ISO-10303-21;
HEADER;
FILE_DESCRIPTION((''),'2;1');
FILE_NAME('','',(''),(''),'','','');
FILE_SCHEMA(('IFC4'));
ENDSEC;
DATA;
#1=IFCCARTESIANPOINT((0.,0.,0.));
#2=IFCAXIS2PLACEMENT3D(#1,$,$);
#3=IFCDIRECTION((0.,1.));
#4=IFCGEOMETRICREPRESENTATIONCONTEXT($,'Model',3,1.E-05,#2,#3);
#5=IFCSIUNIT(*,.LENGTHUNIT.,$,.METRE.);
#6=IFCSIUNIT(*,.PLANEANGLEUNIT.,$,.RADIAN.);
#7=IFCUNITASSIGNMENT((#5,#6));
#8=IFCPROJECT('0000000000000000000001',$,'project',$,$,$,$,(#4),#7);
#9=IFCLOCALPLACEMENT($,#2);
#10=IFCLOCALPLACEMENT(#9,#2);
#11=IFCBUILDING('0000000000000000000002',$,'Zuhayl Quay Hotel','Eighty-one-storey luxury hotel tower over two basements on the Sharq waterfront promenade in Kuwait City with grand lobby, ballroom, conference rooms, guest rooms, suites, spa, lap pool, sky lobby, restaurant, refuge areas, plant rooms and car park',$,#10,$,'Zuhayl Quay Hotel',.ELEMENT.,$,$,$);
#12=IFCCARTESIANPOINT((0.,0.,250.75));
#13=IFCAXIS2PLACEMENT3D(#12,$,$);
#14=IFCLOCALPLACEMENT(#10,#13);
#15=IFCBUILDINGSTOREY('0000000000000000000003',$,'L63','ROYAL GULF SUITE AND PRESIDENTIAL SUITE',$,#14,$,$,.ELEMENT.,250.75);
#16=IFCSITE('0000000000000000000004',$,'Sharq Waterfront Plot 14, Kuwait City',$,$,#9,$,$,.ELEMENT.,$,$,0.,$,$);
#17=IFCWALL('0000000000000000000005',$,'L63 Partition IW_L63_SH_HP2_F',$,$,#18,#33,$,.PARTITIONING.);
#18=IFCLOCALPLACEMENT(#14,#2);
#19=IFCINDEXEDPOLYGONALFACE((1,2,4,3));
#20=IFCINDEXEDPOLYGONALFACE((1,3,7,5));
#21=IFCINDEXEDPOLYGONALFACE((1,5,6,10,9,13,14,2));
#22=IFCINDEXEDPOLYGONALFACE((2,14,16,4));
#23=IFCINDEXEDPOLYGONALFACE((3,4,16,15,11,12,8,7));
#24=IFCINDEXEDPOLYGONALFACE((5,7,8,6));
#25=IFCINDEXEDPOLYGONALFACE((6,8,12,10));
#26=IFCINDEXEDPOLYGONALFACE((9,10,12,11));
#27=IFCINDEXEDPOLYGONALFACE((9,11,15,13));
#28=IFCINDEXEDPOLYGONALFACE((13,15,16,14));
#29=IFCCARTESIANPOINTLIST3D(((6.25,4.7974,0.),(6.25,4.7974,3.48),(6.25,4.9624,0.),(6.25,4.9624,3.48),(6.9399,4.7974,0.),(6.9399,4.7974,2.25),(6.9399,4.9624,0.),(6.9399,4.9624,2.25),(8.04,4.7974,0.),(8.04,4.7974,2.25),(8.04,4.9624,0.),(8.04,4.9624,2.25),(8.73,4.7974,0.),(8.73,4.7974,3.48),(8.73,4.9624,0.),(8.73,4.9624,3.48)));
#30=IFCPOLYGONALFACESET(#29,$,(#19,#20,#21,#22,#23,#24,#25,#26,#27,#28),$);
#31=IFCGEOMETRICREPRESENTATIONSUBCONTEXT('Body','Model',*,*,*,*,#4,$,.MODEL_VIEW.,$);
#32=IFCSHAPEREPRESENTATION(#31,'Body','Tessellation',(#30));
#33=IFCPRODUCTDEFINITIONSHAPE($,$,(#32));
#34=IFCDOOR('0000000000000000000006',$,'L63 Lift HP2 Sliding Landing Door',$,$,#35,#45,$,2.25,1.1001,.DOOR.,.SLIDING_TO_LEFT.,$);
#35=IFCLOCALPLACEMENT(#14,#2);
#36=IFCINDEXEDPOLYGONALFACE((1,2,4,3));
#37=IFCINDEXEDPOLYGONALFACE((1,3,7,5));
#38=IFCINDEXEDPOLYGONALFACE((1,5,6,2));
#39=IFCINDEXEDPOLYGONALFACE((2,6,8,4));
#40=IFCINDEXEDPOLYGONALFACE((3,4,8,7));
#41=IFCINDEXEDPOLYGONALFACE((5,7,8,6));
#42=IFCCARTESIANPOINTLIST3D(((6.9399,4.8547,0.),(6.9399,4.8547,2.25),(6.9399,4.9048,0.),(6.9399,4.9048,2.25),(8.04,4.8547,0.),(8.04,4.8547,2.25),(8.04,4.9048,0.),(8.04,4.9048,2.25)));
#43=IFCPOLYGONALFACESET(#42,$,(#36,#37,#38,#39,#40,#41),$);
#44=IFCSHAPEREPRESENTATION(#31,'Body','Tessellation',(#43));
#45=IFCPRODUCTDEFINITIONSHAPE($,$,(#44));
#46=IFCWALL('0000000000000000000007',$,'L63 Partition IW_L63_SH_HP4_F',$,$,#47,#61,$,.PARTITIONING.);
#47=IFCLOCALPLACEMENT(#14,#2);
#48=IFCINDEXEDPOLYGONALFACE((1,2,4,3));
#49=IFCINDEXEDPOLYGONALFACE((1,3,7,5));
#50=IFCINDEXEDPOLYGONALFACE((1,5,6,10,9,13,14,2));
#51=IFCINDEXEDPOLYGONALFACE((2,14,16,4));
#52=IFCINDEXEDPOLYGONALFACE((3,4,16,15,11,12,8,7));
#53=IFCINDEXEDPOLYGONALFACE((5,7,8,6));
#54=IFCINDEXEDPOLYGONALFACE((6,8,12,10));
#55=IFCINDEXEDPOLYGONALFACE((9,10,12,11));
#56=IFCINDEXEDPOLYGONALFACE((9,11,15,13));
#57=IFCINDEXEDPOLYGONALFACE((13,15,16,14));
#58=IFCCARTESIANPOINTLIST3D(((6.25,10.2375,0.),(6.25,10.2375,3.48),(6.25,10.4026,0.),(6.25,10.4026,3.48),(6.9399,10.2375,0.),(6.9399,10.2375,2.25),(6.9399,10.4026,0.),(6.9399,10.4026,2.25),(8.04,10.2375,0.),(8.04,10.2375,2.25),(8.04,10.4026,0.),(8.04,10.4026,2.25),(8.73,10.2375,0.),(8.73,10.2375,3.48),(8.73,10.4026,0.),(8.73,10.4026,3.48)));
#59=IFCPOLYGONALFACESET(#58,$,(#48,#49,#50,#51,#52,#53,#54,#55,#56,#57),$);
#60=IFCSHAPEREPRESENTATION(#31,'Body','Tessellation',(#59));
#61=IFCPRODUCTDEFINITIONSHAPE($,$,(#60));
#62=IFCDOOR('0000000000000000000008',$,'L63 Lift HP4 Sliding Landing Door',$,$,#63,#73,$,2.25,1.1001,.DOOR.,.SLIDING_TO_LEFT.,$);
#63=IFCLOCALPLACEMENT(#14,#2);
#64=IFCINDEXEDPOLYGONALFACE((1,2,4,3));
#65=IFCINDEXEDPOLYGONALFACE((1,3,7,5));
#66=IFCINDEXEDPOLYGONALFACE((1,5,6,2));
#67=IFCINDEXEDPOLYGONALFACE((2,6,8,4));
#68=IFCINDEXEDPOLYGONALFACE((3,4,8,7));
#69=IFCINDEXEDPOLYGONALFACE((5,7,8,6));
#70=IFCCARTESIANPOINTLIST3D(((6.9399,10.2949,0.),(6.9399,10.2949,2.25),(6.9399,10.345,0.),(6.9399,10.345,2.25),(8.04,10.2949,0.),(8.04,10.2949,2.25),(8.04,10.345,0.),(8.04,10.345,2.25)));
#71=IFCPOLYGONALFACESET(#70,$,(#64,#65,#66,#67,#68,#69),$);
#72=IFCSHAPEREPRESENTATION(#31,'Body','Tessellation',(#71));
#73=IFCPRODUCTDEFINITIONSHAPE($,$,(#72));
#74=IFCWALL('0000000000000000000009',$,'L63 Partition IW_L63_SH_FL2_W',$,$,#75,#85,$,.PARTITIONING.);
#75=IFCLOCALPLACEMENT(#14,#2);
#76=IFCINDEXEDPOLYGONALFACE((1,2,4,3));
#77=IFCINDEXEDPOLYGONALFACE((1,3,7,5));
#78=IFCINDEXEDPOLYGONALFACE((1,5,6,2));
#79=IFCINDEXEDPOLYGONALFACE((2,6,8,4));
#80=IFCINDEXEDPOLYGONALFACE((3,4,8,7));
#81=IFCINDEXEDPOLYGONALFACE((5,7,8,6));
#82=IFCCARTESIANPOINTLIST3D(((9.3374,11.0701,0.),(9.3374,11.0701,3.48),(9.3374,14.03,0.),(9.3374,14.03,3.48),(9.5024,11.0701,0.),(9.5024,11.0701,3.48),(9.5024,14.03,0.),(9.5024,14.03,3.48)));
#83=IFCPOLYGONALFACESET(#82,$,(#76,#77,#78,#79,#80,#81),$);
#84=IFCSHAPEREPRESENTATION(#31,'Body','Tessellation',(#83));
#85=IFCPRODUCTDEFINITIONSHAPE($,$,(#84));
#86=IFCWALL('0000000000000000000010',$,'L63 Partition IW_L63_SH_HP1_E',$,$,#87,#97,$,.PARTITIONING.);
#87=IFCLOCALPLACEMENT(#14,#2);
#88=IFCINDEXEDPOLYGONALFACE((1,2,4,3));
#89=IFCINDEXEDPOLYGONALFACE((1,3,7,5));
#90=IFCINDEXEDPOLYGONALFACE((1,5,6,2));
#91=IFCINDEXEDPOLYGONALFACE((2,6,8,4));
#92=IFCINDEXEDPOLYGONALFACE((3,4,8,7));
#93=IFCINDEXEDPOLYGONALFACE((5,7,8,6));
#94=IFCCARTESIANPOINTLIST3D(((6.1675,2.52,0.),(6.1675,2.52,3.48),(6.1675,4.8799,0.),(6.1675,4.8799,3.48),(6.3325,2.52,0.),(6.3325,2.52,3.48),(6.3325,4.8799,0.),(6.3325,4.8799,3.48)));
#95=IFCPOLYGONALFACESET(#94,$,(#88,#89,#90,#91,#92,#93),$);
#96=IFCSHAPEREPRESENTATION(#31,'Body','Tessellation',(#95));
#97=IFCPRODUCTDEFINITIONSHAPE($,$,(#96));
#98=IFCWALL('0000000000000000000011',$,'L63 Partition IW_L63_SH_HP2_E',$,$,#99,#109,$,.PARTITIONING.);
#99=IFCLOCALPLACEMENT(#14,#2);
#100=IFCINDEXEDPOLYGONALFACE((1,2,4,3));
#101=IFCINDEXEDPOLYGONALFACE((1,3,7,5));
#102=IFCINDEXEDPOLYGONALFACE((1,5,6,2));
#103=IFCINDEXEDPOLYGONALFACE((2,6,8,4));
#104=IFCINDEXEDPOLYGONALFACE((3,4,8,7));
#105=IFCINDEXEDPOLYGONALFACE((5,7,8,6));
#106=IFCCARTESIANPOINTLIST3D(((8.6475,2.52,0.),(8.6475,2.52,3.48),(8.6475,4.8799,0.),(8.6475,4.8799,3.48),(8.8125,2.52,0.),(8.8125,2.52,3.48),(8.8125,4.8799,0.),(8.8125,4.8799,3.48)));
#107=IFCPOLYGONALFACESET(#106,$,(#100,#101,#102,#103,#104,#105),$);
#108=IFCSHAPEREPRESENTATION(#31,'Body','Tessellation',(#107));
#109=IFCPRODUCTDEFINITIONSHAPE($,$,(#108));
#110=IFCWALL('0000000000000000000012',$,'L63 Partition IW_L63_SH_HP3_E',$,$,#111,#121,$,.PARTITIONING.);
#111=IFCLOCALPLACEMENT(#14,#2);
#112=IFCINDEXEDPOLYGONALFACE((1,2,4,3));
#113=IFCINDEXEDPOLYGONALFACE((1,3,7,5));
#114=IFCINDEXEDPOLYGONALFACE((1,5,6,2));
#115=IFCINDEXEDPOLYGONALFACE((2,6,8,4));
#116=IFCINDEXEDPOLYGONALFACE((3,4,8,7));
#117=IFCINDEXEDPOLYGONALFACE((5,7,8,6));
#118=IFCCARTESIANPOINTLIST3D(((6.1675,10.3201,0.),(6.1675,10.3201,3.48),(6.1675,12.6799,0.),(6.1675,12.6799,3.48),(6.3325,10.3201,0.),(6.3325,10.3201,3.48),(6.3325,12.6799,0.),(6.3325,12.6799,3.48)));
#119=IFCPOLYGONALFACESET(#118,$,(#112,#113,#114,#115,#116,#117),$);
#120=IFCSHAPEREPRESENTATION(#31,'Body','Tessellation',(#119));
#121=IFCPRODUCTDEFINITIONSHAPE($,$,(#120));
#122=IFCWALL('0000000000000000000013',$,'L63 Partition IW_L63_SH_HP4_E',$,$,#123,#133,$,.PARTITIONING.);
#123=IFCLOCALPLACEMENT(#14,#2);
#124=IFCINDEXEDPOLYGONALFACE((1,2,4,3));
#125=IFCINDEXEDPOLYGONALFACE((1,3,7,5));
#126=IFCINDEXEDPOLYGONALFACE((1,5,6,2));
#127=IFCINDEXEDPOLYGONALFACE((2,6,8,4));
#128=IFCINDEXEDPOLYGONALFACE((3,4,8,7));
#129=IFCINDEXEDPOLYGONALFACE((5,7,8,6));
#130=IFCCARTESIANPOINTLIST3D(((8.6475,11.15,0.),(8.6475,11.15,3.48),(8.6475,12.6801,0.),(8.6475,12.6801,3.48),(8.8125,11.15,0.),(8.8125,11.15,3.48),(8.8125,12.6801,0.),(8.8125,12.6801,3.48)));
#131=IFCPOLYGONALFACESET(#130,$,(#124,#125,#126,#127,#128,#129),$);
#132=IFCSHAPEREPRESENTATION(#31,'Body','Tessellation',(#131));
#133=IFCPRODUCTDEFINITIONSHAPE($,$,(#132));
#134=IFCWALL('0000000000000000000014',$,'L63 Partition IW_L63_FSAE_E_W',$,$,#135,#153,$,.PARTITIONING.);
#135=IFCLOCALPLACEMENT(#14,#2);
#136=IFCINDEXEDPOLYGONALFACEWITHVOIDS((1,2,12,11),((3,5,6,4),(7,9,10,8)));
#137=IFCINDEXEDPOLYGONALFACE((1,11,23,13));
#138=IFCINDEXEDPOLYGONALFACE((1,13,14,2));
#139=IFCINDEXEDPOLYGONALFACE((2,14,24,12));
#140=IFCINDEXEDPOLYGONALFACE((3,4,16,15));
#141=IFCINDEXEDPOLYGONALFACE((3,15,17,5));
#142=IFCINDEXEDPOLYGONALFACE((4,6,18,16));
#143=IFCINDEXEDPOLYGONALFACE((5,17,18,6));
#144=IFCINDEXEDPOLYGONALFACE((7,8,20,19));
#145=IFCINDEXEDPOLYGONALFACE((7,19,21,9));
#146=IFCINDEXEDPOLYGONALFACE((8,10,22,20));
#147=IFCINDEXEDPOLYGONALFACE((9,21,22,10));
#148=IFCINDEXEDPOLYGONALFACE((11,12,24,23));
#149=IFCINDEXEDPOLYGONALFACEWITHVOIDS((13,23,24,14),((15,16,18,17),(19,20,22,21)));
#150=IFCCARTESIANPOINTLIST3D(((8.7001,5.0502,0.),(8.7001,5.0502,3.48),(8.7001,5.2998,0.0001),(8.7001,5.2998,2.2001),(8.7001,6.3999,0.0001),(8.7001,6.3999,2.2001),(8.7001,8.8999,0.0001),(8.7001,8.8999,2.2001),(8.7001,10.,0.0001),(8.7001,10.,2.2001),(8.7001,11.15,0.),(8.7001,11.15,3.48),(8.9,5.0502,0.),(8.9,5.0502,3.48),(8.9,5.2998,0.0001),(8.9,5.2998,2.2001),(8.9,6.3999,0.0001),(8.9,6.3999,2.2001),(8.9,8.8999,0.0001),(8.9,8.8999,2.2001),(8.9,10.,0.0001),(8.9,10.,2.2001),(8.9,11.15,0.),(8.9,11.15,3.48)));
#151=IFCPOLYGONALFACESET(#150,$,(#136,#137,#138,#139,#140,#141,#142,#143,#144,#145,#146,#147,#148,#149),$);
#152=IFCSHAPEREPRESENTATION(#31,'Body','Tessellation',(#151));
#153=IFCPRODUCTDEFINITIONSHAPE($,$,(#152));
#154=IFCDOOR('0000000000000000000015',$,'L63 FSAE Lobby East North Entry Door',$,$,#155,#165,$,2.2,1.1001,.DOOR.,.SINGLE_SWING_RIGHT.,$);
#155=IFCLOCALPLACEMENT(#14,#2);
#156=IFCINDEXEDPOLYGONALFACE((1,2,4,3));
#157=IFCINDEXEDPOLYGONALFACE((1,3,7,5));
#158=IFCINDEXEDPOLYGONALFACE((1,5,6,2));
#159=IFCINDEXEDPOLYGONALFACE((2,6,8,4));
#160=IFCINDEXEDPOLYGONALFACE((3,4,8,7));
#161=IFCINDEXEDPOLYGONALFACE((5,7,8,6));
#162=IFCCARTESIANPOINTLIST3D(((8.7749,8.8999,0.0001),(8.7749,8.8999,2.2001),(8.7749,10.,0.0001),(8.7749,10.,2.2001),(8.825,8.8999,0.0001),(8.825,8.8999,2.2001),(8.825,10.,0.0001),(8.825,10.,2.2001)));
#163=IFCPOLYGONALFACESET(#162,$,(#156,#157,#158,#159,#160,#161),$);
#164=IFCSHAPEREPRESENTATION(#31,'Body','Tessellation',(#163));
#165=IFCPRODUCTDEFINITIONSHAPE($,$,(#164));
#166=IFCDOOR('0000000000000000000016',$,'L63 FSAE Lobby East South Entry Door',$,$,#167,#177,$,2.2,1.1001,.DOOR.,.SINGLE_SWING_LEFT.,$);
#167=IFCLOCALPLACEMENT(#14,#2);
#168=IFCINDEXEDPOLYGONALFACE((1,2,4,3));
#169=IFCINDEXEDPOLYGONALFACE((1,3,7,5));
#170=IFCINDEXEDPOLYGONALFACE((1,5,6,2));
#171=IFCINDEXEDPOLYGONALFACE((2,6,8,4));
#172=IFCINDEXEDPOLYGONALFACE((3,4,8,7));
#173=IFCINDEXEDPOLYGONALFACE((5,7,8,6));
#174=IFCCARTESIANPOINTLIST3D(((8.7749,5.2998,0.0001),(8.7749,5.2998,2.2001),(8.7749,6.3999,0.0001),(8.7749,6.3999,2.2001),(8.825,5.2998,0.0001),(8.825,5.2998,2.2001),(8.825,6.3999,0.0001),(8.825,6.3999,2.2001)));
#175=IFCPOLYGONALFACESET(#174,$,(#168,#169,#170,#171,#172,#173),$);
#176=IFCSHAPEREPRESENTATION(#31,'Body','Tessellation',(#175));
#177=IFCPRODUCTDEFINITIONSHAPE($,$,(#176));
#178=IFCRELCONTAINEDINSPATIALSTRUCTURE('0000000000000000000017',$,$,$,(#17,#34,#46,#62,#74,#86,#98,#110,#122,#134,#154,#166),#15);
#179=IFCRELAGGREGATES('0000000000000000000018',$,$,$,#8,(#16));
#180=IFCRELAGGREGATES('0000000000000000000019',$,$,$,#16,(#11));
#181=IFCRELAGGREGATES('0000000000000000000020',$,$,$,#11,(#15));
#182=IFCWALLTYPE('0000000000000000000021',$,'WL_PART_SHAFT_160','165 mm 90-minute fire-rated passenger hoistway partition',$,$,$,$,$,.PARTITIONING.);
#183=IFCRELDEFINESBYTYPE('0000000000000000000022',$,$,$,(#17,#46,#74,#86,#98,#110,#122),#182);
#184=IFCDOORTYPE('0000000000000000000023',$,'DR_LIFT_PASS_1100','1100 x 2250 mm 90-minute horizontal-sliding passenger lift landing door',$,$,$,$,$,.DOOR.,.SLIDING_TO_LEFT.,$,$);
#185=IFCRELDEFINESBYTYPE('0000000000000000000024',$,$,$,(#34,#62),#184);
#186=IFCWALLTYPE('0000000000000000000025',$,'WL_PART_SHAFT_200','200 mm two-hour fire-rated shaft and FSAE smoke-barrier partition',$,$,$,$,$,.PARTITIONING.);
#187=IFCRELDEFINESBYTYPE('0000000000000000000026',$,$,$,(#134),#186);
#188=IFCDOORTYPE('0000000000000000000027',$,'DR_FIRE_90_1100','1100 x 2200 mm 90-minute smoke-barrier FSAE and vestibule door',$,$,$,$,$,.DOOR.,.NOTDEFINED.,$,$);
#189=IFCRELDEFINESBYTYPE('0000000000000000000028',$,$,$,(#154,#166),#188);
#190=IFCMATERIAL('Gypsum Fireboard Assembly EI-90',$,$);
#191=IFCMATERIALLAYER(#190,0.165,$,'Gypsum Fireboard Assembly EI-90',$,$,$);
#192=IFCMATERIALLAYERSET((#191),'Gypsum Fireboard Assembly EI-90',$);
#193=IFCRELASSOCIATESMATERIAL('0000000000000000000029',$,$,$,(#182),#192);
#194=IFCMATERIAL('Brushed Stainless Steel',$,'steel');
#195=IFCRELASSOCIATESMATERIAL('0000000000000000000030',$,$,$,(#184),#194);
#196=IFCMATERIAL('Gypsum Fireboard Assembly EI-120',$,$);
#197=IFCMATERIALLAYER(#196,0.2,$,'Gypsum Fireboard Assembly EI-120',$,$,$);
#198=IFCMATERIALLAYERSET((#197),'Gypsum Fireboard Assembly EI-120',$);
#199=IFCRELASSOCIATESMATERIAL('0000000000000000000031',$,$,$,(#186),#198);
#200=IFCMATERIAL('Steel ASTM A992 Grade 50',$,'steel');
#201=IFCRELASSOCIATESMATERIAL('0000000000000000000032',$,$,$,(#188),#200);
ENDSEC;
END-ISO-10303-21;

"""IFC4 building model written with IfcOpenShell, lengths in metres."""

from ifc_helpers import new_model, si_unit, direction, frame, frame_2d, origin, place, context, subcontext, project, spatial, rectangle, extrude, material, layer, layer_set, type_object, element, fill, save


model = new_model("IFC4")

# Units and contexts
model_context = context("Model", 3, precision=1e-05, world=origin(), true_north=direction((0.0, 1.0)))
body_context = subcontext(model_context, "Body", "Model", "MODEL_VIEW")
ifc_project = project(units=[si_unit("LENGTHUNIT", "METRE"), si_unit("PLANEANGLEUNIT", "RADIAN")], contexts=[model_context])

# Site, building, storey
site_placement = place(None, origin())
site = spatial("IfcSite", under=ifc_project, at=site_placement, Name="Sharq Waterfront Plot 14, Kuwait City", CompositionType="ELEMENT", RefElevation=0.0)
building_placement = place(site_placement, origin())
building = spatial("IfcBuilding", under=site, at=building_placement, Name="Zuhayl Quay Hotel", Description="Eighty-one-storey luxury hotel tower over two basements on the Sharq waterfront promenade in Kuwait City with grand lobby, ballroom, conference rooms, guest rooms, suites, spa, lap pool, sky lobby, restaurant, refuge areas, plant rooms and car park", LongName="Zuhayl Quay Hotel", CompositionType="ELEMENT")
storey_placement = place(building_placement, frame((0.0, 0.0, 250.75)))
storey = spatial("IfcBuildingStorey", under=building, at=storey_placement, Name="L63", Description="ROYAL GULF SUITE AND PRESIDENTIAL SUITE", CompositionType="ELEMENT", Elevation=250.75)

# Walls, openings, doors
ifc_material_1 = material(Name="Gypsum Fireboard Assembly EI-90")
ifc_layer_1 = layer(ifc_material_1, 0.165, Name="Gypsum Fireboard Assembly EI-90")
ifc_layer_set_1 = layer_set([ifc_layer_1], Name="Gypsum Fireboard Assembly EI-90")
wall_type_1 = type_object("IfcWallType", Name="WL_PART_SHAFT_160", Description="165 mm 90-minute fire-rated passenger hoistway partition", PredefinedType="PARTITIONING", material=ifc_layer_set_1)
ifc_material_2 = material(Name="Brushed Stainless Steel", Category="steel")
wall_1_placement = place(storey_placement, frame((6.25, 4.8799, 0.0), z_axis=(0.0, 0.0, 1.0), x_axis=(1.0, 0.0, 0.0)))
wall_1 = element("IfcWall", 1, at=wall_1_placement, inside=storey, type_object=wall_type_1, Name="L63 Partition IW_L63_SH_HP2_F", PredefinedType="PARTITIONING", context=body_context, shape_type="SweptSolid", body=[
    extrude(rectangle(XDim=2.48, YDim=0.165, at=frame_2d((1.24, 0.0))), origin(), (0.0, 0.0, 1.0), 3.48),
])
opening_1_placement = place(wall_1_placement, frame((0.6899, 0.0, 0.0)))
opening_1 = element("IfcOpeningElement", 2, at=opening_1_placement, cuts=wall_1, PredefinedType="OPENING", context=body_context, shape_type="SweptSolid", body=[
    extrude(rectangle(XDim=1.1001, YDim=2.25, at=frame_2d((0.55, 1.125))), frame((0.0, 0.0925, 0.0), z_axis=(0.0, -1.0, 0.0), x_axis=(1.0, 0.0, 0.0)), (0.0, 0.0, 1.0), 0.1851),
])
door_type_1 = type_object("IfcDoorType", Name="DR_LIFT_PASS_1100", Description="1100 x 2250 mm 90-minute horizontal-sliding passenger lift landing door", OperationType="SLIDING_TO_LEFT", PredefinedType="DOOR", material=ifc_material_2)
door_1_placement = place(opening_1_placement, origin())
door_1 = element("IfcDoor", 3, at=door_1_placement, inside=storey, type_object=door_type_1, Name="L63 Lift HP2 Sliding Landing Door", OperationType="SLIDING_TO_LEFT", OverallHeight=2.25, OverallWidth=1.1001, PredefinedType="DOOR", context=body_context, shape_type="SweptSolid", body=[
    extrude(rectangle(XDim=1.1001, YDim=2.25, at=frame_2d((0.55, 1.125))), frame((0.0, 0.0249, 0.0), z_axis=(0.0, -1.0, 0.0), x_axis=(1.0, 0.0, 0.0)), (0.0, 0.0, 1.0), 0.05),
])
fill(opening_1, door_1)
wall_2_placement = place(storey_placement, frame((6.25, 10.3201, 0.0), z_axis=(0.0, 0.0, 1.0), x_axis=(1.0, 0.0, 0.0)))
wall_2 = element("IfcWall", 4, at=wall_2_placement, inside=storey, type_object=wall_type_1, Name="L63 Partition IW_L63_SH_HP4_F", PredefinedType="PARTITIONING", context=body_context, shape_type="SweptSolid", body=[
    extrude(rectangle(XDim=2.48, YDim=0.165, at=frame_2d((1.24, 0.0))), origin(), (0.0, 0.0, 1.0), 3.48),
])
opening_2_placement = place(wall_2_placement, frame((0.6899, 0.0, 0.0)))
opening_2 = element("IfcOpeningElement", 5, at=opening_2_placement, cuts=wall_2, PredefinedType="OPENING", context=body_context, shape_type="SweptSolid", body=[
    extrude(rectangle(XDim=1.1001, YDim=2.25, at=frame_2d((0.55, 1.125))), frame((0.0, 0.0925, 0.0), z_axis=(0.0, -1.0, 0.0), x_axis=(1.0, 0.0, 0.0)), (0.0, 0.0, 1.0), 0.1851),
])
door_2_placement = place(opening_2_placement, origin())
door_2 = element("IfcDoor", 6, at=door_2_placement, inside=storey, type_object=door_type_1, Name="L63 Lift HP4 Sliding Landing Door", OperationType="SLIDING_TO_LEFT", OverallHeight=2.25, OverallWidth=1.1001, PredefinedType="DOOR", context=body_context, shape_type="SweptSolid", body=[
    extrude(rectangle(XDim=1.1001, YDim=2.25, at=frame_2d((0.55, 1.125))), frame((0.0, 0.0249, 0.0), z_axis=(0.0, -1.0, 0.0), x_axis=(1.0, 0.0, 0.0)), (0.0, 0.0, 1.0), 0.05),
])
fill(opening_2, door_2)

# Walls
wall_3_placement = place(storey_placement, frame((9.4199, 11.0701, 0.0), z_axis=(0.0, 0.0, 1.0), x_axis=(0.0, 1.0, 0.0)))
element("IfcWall", 7, at=wall_3_placement, inside=storey, type_object=wall_type_1, Name="L63 Partition IW_L63_SH_FL2_W", PredefinedType="PARTITIONING", context=body_context, shape_type="SweptSolid", body=[
    extrude(rectangle(XDim=2.96, YDim=0.165, at=frame_2d((1.48, 0.0))), origin(), (0.0, 0.0, 1.0), 3.48),
])
for number, where, z_axis, x_axis, name in (
    (8, (6.25, 2.52, 0.0), (0.0, 0.0, 1.0), (0.0, 1.0, 0.0), "L63 Partition IW_L63_SH_HP1_E"),
    (9, (8.73, 2.52, 0.0), (0.0, 0.0, 1.0), (0.0, 1.0, 0.0), "L63 Partition IW_L63_SH_HP2_E"),
    (10, (6.25, 10.3201, 0.0), (0.0, 0.0, 1.0), (0.0, 1.0, 0.0), "L63 Partition IW_L63_SH_HP3_E"),
):
    element("IfcWall", number, at=place(storey_placement, frame(where, z_axis=z_axis, x_axis=x_axis)), inside=storey, type_object=wall_type_1, Name=name, PredefinedType="PARTITIONING", context=body_context, shape_type="SweptSolid", body=[
        extrude(rectangle(XDim=2.3599, YDim=0.165, at=frame_2d((1.1799, 0.0))), origin(), (0.0, 0.0, 1.0), 3.48),
    ])
wall_4_placement = place(storey_placement, frame((8.73, 11.1499, 0.0), z_axis=(0.0, 0.0, 1.0), x_axis=(0.0, 1.0, 0.0)))
element("IfcWall", 11, at=wall_4_placement, inside=storey, type_object=wall_type_1, Name="L63 Partition IW_L63_SH_HP4_E", PredefinedType="PARTITIONING", context=body_context, shape_type="SweptSolid", body=[
    extrude(rectangle(XDim=1.53, YDim=0.165, at=frame_2d((0.7651, 0.0))), origin(), (0.0, 0.0, 1.0), 3.48),
])

# Wall, openings, doors
ifc_material_3 = material(Name="Gypsum Fireboard Assembly EI-120")
ifc_layer_2 = layer(ifc_material_3, 0.2, Name="Gypsum Fireboard Assembly EI-120")
ifc_layer_set_2 = layer_set([ifc_layer_2], Name="Gypsum Fireboard Assembly EI-120")
wall_type_2 = type_object("IfcWallType", Name="WL_PART_SHAFT_200", Description="200 mm two-hour fire-rated shaft and FSAE smoke-barrier partition", PredefinedType="PARTITIONING", material=ifc_layer_set_2)
wall_5_placement = place(storey_placement, frame((8.8, 11.1499, 0.0), z_axis=(0.0, 0.0, 1.0), x_axis=(0.0, -1.0, 0.0)))
wall_5 = element("IfcWall", 12, at=wall_5_placement, inside=storey, type_object=wall_type_2, Name="L63 Partition IW_L63_FSAE_E_W", PredefinedType="PARTITIONING", context=body_context, shape_type="SweptSolid", body=[
    extrude(rectangle(XDim=6.0999, YDim=0.2, at=frame_2d((3.0498, 0.0))), origin(), (0.0, 0.0, 1.0), 3.48),
])
opening_3_placement = place(wall_5_placement, frame((1.1499, 0.0, 0.0)))
opening_3 = element("IfcOpeningElement", 13, at=opening_3_placement, cuts=wall_5, PredefinedType="OPENING", context=body_context, shape_type="SweptSolid", body=[
    extrude(rectangle(XDim=1.1001, YDim=2.2, at=frame_2d((0.55, 1.1001))), frame((0.0, 0.1099, 0.0), z_axis=(0.0, -1.0, 0.0), x_axis=(1.0, 0.0, 0.0)), (0.0, 0.0, 1.0), 0.22),
])
opening_4_placement = place(wall_5_placement, frame((4.75, 0.0, 0.0)))
opening_4 = element("IfcOpeningElement", 14, at=opening_4_placement, cuts=wall_5, PredefinedType="OPENING", context=body_context, shape_type="SweptSolid", body=[
    extrude(rectangle(XDim=1.1001, YDim=2.2, at=frame_2d((0.55, 1.1001))), frame((0.0, 0.1099, 0.0), z_axis=(0.0, -1.0, 0.0), x_axis=(1.0, 0.0, 0.0)), (0.0, 0.0, 1.0), 0.22),
])
ifc_material_4 = material(Name="Steel ASTM A992 Grade 50", Category="steel")
door_type_2 = type_object("IfcDoorType", Name="DR_FIRE_90_1100", Description="1100 x 2200 mm 90-minute smoke-barrier FSAE and vestibule door", OperationType="NOTDEFINED", PredefinedType="DOOR", material=ifc_material_4)
door_3_placement = place(opening_3_placement, origin())
door_3 = element("IfcDoor", 15, at=door_3_placement, inside=storey, type_object=door_type_2, Name="L63 FSAE Lobby East North Entry Door", OperationType="SINGLE_SWING_RIGHT", OverallHeight=2.2, OverallWidth=1.1001, PredefinedType="DOOR", context=body_context, shape_type="SweptSolid", body=[
    extrude(rectangle(XDim=1.1001, YDim=2.2, at=frame_2d((0.55, 1.1001))), frame((0.0, 0.0249, 0.0), z_axis=(0.0, -1.0, 0.0), x_axis=(1.0, 0.0, 0.0)), (0.0, 0.0, 1.0), 0.05),
])
fill(opening_3, door_3)
door_4_placement = place(opening_4_placement, origin())
door_4 = element("IfcDoor", 16, at=door_4_placement, inside=storey, type_object=door_type_2, Name="L63 FSAE Lobby East South Entry Door", OperationType="SINGLE_SWING_LEFT", OverallHeight=2.2, OverallWidth=1.1001, PredefinedType="DOOR", context=body_context, shape_type="SweptSolid", body=[
    extrude(rectangle(XDim=1.1001, YDim=2.2, at=frame_2d((0.55, 1.1001))), frame((0.0, 0.0249, 0.0), z_axis=(0.0, -1.0, 0.0), x_axis=(1.0, 0.0, 0.0)), (0.0, 0.0, 1.0), 0.05),
])
fill(opening_4, door_4)

save(model, "model.ifc")
